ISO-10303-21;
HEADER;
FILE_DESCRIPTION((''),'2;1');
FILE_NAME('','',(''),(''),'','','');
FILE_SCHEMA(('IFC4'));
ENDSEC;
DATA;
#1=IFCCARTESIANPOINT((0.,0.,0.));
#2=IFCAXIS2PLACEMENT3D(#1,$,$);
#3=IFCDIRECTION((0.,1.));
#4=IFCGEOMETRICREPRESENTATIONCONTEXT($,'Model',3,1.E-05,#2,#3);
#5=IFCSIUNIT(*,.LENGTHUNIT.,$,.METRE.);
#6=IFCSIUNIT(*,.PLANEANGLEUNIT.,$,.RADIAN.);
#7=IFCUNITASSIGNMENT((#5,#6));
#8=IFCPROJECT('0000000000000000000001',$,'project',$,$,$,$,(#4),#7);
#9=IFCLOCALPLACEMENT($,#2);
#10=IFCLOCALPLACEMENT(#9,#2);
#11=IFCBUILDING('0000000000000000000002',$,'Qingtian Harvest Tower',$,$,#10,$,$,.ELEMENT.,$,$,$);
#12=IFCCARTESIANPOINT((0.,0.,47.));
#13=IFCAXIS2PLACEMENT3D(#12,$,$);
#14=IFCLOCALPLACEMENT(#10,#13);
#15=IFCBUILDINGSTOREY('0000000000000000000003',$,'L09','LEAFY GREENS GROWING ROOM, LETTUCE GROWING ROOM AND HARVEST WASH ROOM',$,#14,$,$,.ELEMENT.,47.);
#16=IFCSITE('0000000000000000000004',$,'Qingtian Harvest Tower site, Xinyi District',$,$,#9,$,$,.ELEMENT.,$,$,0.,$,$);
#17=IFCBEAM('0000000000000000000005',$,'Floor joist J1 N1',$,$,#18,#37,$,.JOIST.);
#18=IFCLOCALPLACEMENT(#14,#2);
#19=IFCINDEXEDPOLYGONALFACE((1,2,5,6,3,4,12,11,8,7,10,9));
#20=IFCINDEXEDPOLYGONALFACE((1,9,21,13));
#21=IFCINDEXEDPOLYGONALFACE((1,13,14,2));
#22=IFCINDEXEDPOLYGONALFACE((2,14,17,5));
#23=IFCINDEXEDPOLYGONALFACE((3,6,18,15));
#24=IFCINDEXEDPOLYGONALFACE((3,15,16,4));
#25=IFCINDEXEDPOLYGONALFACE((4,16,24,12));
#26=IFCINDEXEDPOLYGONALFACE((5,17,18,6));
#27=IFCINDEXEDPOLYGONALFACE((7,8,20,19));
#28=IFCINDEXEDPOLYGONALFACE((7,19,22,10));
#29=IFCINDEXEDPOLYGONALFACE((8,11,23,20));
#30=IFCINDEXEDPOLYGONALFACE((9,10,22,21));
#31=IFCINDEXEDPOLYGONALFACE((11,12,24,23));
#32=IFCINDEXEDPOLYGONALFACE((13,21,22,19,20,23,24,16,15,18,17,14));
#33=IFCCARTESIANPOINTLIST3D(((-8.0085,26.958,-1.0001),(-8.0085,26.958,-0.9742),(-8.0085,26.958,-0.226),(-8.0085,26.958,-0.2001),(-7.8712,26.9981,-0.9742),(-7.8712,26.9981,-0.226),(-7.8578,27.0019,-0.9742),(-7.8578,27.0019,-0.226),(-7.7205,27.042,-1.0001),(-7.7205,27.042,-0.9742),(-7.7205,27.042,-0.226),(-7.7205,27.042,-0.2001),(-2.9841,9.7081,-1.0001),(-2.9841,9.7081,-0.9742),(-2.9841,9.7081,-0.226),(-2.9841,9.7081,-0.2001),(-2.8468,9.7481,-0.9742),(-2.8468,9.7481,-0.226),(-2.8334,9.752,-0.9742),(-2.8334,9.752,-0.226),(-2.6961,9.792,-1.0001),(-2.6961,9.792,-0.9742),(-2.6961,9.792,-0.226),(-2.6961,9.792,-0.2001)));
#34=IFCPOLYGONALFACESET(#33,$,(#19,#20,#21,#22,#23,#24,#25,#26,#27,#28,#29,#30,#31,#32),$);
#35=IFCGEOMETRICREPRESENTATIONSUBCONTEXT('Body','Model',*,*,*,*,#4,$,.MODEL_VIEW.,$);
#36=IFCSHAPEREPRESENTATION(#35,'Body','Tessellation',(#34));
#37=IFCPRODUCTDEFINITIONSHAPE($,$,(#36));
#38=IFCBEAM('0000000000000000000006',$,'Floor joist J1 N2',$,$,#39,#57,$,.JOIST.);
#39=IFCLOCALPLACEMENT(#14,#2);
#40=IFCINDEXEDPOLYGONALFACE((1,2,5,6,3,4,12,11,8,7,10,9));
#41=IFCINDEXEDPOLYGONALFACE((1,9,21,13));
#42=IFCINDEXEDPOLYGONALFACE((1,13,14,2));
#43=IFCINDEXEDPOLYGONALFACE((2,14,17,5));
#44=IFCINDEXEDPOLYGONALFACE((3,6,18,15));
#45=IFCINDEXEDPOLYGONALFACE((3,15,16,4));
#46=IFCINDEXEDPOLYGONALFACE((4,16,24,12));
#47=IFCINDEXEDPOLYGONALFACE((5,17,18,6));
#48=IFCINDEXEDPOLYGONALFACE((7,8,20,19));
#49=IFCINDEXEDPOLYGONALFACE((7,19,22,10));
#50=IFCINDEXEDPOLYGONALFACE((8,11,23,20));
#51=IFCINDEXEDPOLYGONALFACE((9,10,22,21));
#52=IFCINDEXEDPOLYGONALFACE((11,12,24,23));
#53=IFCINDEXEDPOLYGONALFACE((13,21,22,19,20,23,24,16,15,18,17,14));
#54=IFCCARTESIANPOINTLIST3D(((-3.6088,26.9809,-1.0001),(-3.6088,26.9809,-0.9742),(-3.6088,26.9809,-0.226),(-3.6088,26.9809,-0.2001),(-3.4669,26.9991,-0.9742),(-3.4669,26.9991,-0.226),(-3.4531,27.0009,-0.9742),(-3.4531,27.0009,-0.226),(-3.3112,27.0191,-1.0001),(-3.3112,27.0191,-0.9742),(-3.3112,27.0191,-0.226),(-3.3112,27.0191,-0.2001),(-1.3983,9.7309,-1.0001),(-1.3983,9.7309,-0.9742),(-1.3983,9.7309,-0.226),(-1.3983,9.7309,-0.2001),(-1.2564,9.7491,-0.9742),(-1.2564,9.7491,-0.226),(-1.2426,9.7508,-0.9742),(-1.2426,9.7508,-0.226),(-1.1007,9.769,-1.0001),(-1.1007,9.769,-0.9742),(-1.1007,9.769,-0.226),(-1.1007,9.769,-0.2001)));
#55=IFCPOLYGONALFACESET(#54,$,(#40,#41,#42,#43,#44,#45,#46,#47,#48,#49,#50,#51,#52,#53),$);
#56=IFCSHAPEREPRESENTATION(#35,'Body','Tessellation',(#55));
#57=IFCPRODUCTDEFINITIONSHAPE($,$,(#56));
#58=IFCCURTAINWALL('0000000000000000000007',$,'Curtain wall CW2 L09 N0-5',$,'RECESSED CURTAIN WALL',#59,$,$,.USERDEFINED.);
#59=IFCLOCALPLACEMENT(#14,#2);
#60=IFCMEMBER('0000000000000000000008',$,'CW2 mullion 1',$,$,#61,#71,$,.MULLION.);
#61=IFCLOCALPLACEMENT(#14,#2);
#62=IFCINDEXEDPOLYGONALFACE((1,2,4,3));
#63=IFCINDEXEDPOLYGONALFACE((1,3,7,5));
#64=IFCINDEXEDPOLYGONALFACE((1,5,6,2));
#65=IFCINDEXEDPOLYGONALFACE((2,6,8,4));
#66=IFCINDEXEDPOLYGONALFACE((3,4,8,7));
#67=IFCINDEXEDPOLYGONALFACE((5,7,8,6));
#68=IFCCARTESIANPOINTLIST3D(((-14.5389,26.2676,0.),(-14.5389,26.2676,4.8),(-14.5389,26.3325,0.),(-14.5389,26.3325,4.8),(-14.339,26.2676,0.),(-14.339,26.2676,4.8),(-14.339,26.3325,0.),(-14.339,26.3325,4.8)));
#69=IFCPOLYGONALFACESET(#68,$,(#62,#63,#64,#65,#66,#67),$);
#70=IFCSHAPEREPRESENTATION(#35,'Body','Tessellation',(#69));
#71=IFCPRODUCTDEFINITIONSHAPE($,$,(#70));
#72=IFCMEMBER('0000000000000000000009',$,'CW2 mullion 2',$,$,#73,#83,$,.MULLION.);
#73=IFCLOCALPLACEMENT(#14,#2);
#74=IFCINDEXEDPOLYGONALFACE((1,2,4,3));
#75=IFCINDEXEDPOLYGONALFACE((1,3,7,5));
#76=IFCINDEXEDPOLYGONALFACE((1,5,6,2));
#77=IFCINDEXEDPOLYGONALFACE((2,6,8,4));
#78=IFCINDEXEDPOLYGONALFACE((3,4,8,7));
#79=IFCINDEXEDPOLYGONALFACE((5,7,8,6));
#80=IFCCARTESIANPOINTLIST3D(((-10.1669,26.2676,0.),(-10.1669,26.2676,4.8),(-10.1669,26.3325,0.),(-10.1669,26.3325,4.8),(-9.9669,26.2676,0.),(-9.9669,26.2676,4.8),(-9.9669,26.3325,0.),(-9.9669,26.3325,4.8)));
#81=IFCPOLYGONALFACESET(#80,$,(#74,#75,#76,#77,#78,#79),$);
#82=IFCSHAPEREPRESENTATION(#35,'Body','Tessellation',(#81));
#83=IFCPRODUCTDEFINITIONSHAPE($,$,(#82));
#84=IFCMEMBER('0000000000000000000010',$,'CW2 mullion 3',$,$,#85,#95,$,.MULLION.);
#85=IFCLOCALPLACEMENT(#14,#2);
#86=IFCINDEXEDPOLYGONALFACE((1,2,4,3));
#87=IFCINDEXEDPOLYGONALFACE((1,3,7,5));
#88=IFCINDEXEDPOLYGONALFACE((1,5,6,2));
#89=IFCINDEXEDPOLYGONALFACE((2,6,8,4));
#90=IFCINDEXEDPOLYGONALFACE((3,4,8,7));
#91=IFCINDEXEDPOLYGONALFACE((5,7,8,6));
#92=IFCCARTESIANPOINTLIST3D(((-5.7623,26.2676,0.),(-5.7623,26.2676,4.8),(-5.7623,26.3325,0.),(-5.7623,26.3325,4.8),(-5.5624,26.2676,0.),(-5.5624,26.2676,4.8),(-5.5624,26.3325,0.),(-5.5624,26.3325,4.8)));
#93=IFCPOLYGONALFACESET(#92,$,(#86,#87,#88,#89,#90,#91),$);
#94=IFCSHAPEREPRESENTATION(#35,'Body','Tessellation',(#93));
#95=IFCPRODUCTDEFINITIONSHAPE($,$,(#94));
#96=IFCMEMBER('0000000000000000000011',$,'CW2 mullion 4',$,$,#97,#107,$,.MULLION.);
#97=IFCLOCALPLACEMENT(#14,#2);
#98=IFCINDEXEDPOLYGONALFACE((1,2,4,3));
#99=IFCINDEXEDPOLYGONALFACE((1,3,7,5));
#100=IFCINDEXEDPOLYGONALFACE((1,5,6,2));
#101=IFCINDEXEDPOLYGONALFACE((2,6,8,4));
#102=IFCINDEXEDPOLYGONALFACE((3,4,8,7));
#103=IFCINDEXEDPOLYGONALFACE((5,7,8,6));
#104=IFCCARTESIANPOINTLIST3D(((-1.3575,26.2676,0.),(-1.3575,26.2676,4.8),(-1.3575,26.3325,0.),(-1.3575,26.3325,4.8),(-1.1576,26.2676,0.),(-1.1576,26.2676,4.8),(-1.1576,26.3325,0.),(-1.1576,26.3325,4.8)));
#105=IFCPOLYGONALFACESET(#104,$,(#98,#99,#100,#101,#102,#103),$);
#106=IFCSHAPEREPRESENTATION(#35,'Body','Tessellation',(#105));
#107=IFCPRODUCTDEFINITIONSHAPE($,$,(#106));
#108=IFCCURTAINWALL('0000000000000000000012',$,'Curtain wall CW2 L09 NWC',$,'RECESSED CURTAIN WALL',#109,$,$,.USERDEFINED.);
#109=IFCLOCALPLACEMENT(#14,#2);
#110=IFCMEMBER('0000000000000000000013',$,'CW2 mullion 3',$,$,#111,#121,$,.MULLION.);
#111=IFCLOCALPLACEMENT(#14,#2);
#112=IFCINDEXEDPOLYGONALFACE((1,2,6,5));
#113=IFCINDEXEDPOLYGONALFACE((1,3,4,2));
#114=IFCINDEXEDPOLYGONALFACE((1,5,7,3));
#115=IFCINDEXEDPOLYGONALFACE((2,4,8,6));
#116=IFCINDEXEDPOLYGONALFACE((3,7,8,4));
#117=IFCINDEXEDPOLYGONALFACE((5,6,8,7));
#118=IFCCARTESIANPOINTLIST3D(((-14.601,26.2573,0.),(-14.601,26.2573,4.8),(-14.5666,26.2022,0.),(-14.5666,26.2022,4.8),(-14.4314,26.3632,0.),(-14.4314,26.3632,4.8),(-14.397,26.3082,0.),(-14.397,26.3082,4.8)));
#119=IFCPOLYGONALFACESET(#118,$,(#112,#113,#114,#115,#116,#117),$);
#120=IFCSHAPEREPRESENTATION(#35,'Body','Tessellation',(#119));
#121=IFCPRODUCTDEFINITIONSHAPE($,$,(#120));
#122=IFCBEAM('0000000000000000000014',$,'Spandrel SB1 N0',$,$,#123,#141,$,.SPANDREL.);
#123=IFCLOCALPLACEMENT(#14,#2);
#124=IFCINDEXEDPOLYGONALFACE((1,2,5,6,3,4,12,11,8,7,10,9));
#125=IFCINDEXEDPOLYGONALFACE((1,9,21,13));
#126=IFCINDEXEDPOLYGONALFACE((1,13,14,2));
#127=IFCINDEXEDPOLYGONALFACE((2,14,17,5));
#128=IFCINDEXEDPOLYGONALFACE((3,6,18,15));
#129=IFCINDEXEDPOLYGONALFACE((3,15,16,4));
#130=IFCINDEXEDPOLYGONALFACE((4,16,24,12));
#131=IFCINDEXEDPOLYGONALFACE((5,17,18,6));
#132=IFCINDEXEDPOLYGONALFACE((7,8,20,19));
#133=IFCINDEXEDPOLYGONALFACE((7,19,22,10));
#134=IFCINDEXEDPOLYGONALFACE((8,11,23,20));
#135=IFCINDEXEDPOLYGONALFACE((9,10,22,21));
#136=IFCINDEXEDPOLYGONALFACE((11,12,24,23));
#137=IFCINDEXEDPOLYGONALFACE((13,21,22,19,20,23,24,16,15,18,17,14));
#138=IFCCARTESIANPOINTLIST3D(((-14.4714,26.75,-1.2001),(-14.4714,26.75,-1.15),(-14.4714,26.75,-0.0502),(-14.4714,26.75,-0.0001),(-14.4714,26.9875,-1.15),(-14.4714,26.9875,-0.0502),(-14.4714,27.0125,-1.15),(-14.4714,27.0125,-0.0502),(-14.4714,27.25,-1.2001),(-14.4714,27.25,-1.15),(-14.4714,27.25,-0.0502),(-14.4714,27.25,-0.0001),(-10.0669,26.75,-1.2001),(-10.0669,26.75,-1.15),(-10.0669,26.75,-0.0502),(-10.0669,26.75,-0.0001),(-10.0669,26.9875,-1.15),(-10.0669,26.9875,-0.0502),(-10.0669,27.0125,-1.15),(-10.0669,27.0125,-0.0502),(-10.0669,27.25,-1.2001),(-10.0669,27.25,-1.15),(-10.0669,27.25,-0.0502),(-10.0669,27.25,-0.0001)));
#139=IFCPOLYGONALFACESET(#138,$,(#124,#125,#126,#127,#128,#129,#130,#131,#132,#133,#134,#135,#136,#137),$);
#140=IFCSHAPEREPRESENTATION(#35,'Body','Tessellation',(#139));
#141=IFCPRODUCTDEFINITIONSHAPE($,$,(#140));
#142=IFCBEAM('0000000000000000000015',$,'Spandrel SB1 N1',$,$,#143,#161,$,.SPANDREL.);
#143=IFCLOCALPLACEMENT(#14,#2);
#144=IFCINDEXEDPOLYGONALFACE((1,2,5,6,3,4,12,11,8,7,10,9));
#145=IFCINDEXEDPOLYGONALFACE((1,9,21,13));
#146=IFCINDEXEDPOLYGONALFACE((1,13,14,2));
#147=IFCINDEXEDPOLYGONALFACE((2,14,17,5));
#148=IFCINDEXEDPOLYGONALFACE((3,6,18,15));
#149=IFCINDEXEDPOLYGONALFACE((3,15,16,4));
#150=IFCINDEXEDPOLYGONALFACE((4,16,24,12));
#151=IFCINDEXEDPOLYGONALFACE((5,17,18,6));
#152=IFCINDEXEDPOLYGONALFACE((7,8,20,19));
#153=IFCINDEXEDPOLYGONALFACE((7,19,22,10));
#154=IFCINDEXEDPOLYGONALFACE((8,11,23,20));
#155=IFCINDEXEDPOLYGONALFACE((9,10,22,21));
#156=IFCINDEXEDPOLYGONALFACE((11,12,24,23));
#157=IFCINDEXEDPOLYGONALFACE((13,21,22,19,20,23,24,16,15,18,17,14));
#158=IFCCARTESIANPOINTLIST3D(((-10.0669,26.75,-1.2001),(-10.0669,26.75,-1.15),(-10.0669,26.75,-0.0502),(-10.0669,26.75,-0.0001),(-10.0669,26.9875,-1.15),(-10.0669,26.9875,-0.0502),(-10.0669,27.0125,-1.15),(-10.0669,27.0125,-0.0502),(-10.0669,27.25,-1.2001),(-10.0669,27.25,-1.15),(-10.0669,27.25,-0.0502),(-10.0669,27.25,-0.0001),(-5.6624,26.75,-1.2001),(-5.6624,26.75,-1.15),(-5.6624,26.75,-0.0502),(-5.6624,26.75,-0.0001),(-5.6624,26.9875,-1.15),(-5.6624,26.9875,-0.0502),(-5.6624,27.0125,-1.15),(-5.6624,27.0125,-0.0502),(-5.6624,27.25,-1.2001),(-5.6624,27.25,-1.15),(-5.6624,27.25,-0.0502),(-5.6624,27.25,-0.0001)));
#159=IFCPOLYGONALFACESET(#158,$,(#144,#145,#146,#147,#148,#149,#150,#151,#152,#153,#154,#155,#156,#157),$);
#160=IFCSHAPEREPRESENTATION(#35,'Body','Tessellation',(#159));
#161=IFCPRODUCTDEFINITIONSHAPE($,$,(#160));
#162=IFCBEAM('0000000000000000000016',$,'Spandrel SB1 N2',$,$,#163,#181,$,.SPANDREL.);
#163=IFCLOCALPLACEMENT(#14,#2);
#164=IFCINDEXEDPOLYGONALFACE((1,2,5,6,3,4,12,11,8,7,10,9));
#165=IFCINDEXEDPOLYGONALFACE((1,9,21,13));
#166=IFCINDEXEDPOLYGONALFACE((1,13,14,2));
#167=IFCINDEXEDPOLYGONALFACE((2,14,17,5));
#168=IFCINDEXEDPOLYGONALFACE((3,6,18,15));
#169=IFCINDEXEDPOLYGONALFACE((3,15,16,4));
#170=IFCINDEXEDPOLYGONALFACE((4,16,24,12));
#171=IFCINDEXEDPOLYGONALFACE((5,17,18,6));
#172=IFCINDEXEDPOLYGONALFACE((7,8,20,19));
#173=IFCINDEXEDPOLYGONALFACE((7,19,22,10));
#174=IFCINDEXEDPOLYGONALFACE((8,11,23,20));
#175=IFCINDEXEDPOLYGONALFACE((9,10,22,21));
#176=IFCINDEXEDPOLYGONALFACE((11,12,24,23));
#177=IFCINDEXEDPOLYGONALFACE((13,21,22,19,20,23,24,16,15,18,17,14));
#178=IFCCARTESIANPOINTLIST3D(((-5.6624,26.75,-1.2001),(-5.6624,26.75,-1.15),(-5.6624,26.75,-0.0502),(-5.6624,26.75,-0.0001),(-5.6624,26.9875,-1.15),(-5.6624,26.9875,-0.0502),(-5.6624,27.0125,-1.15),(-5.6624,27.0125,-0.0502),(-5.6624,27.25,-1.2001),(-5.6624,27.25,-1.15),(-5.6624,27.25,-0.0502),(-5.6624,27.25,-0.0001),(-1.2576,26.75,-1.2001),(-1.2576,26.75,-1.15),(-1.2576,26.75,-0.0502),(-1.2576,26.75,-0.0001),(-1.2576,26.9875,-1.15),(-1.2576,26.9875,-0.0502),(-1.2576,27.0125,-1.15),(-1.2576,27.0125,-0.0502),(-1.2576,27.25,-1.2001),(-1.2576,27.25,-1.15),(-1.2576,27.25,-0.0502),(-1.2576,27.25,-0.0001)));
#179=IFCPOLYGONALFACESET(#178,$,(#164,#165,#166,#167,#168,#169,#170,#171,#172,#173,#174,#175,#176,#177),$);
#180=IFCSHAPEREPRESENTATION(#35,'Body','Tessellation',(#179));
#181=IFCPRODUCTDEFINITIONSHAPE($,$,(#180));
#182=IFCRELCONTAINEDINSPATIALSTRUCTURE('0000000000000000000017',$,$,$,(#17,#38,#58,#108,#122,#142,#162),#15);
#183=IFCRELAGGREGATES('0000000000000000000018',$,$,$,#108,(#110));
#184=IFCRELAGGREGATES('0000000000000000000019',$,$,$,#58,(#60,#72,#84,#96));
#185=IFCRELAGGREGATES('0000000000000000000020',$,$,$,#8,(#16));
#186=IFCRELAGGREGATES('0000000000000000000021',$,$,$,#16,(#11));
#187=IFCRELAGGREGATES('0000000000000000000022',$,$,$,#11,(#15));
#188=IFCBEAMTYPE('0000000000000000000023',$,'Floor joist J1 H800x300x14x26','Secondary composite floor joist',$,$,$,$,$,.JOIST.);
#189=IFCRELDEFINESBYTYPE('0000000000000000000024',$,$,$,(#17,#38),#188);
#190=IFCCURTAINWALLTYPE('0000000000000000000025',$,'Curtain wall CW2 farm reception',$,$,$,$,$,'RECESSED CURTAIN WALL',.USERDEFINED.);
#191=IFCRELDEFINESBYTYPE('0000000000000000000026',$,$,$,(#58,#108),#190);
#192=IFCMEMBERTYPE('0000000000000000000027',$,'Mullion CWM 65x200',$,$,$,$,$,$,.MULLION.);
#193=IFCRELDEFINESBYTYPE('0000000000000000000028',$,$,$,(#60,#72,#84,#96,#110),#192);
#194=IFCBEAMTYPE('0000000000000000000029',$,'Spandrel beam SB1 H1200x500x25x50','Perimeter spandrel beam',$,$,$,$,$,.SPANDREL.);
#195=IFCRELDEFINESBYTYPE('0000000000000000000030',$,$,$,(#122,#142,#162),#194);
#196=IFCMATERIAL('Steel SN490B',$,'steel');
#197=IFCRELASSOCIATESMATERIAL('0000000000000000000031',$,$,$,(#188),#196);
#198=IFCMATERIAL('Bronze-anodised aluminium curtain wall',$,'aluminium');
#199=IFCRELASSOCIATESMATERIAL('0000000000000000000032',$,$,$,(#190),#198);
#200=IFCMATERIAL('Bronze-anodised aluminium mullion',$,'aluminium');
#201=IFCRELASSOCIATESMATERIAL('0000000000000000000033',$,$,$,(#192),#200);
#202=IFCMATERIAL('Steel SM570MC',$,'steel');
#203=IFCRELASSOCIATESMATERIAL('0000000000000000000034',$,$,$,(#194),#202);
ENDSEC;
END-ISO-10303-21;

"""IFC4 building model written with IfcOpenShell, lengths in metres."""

from ifc_helpers import new_model, si_unit, direction, frame, origin, origin_2d, place, context, subcontext, project, spatial, rectangle, i_section, extrude, material, material_profile, profile_set, type_object, element, aggregate, save


model = new_model("IFC4")

# Units and contexts
model_context = context("Model", 3, precision=1e-05, world=origin(), true_north=direction((0.0, 1.0)))
body_context = subcontext(model_context, "Body", "Model", "MODEL_VIEW")
ifc_project = project(units=[si_unit("LENGTHUNIT", "METRE"), si_unit("PLANEANGLEUNIT", "RADIAN")], contexts=[model_context])

# Site, building, storey
site_placement = place(None, origin())
site = spatial("IfcSite", under=ifc_project, at=site_placement, Name="Qingtian Harvest Tower site, Xinyi District", CompositionType="ELEMENT", RefElevation=0.0)
building_placement = place(site_placement, origin())
building = spatial("IfcBuilding", under=site, at=building_placement, Name="Qingtian Harvest Tower", CompositionType="ELEMENT")
storey_placement = place(building_placement, frame((0.0, 0.0, 47.0)))
storey = spatial("IfcBuildingStorey", under=building, at=storey_placement, Name="L09", Description="LEAFY GREENS GROWING ROOM, LETTUCE GROWING ROOM AND HARVEST WASH ROOM", CompositionType="ELEMENT", Elevation=47.0)

# Beams
ifc_material_1 = material(Name="Steel SN490B", Category="steel")
ifc_material_profile_1 = material_profile(ifc_material_1, i_section(OverallWidth=0.3, OverallDepth=0.8, WebThickness=0.0139, FlangeThickness=0.0259, at=origin_2d()), Name="H800x300x14x26")
ifc_profile_set_1 = profile_set([ifc_material_profile_1], Name="Steel SN490B")
beam_type_1 = type_object("IfcBeamType", Name="Floor joist J1 H800x300x14x26", Description="Secondary composite floor joist", PredefinedType="JOIST", material=ifc_profile_set_1)
beam_1_placement = place(storey_placement, frame((-7.8645, 27.0, -0.6001), z_axis=(0.279649, -0.960102, 0.0), x_axis=(0.960102, 0.279649, 0.0)))
element("IfcBeam", 1, at=beam_1_placement, inside=storey, type_object=beam_type_1, Name="Floor joist J1 N1", PredefinedType="JOIST", context=body_context, shape_type="SweptSolid", body=[
    extrude(i_section(OverallWidth=0.3, OverallDepth=0.8, WebThickness=0.0139, FlangeThickness=0.0259, at=origin_2d()), origin(), (0.0, 0.0, 1.0), 17.9668),
])
beam_2_placement = place(storey_placement, frame((-3.46, 27.0, -0.6001), z_axis=(0.127103, -0.99189, 0.0), x_axis=(0.99189, 0.127103, 0.0)))
element("IfcBeam", 2, at=beam_2_placement, inside=storey, type_object=beam_type_1, Name="Floor joist J1 N2", PredefinedType="JOIST", context=body_context, shape_type="SweptSolid", body=[
    extrude(i_section(OverallWidth=0.3, OverallDepth=0.8, WebThickness=0.0139, FlangeThickness=0.0259, at=origin_2d()), origin(), (0.0, 0.0, 1.0), 17.3911),
])

# Curtain wall, members
ifc_material_2 = material(Name="Bronze-anodised aluminium curtain wall", Category="aluminium")
curtain_wall_type = type_object("IfcCurtainWallType", Name="Curtain wall CW2 farm reception", ElementType="RECESSED CURTAIN WALL", PredefinedType="USERDEFINED", material=ifc_material_2)
curtain_wall_1_placement = place(storey_placement, origin())
curtain_wall_1 = element("IfcCurtainWall", 3, at=curtain_wall_1_placement, inside=storey, type_object=curtain_wall_type, Name="Curtain wall CW2 L09 N0-5", ObjectType="RECESSED CURTAIN WALL", PredefinedType="USERDEFINED")
ifc_material_3 = material(Name="Bronze-anodised aluminium mullion", Category="aluminium")
ifc_material_profile_2 = material_profile(ifc_material_3, rectangle(XDim=0.0649, YDim=0.2, at=origin_2d()), Name="AL 65x200")
ifc_profile_set_2 = profile_set([ifc_material_profile_2], Name="Bronze-anodised aluminium mullion")
member_type_1 = type_object("IfcMemberType", Name="Mullion CWM 65x200", PredefinedType="MULLION", material=ifc_profile_set_2)
member_1_placement = place(storey_placement, frame((-14.439, 26.3, 0.0), z_axis=(0.0, 0.0, 1.0), x_axis=(0.0, 1.0, 0.0)))
member_1 = element("IfcMember", 4, at=member_1_placement, type_object=member_type_1, Name="CW2 mullion 1", PredefinedType="MULLION", context=body_context, shape_type="SweptSolid", body=[
    extrude(rectangle(XDim=0.0649, YDim=0.2, at=origin_2d()), origin(), (0.0, 0.0, 1.0), 4.8),
])
member_2_placement = place(storey_placement, frame((-10.0669, 26.3, 0.0), z_axis=(0.0, 0.0, 1.0), x_axis=(0.0, 1.0, 0.0)))
member_2 = element("IfcMember", 5, at=member_2_placement, type_object=member_type_1, Name="CW2 mullion 2", PredefinedType="MULLION", context=body_context, shape_type="SweptSolid", body=[
    extrude(rectangle(XDim=0.0649, YDim=0.2, at=origin_2d()), origin(), (0.0, 0.0, 1.0), 4.8),
])
member_3_placement = place(storey_placement, frame((-5.6624, 26.3, 0.0), z_axis=(0.0, 0.0, 1.0), x_axis=(0.0, 1.0, 0.0)))
member_3 = element("IfcMember", 6, at=member_3_placement, type_object=member_type_1, Name="CW2 mullion 3", PredefinedType="MULLION", context=body_context, shape_type="SweptSolid", body=[
    extrude(rectangle(XDim=0.0649, YDim=0.2, at=origin_2d()), origin(), (0.0, 0.0, 1.0), 4.8),
])
member_4_placement = place(storey_placement, frame((-1.2576, 26.3, 0.0), z_axis=(0.0, 0.0, 1.0), x_axis=(0.0, 1.0, 0.0)))
member_4 = element("IfcMember", 7, at=member_4_placement, type_object=member_type_1, Name="CW2 mullion 4", PredefinedType="MULLION", context=body_context, shape_type="SweptSolid", body=[
    extrude(rectangle(XDim=0.0649, YDim=0.2, at=origin_2d()), origin(), (0.0, 0.0, 1.0), 4.8),
])

# Curtain wall, member
curtain_wall_2_placement = place(storey_placement, origin())
curtain_wall_2 = element("IfcCurtainWall", 8, at=curtain_wall_2_placement, inside=storey, type_object=curtain_wall_type, Name="Curtain wall CW2 L09 NWC", ObjectType="RECESSED CURTAIN WALL", PredefinedType="USERDEFINED")
member_5_placement = place(storey_placement, frame((-14.499, 26.2827, 0.0), z_axis=(0.0, 0.0, 1.0), x_axis=(-0.529919, 0.848048, 0.0)))
member_5 = element("IfcMember", 9, at=member_5_placement, type_object=member_type_1, Name="CW2 mullion 3", PredefinedType="MULLION", context=body_context, shape_type="SweptSolid", body=[
    extrude(rectangle(XDim=0.0649, YDim=0.2, at=origin_2d()), origin(), (0.0, 0.0, 1.0), 4.8),
])
aggregate(curtain_wall_2, [member_5])

# Beams
ifc_material_4 = material(Name="Steel SM570MC", Category="steel")
ifc_material_profile_3 = material_profile(ifc_material_4, i_section(OverallWidth=0.5, OverallDepth=1.2, WebThickness=0.0249, FlangeThickness=0.05, at=origin_2d()), Name="H1200x500x25x50")
ifc_profile_set_3 = profile_set([ifc_material_profile_3], Name="Steel SM570MC")
beam_type_2 = type_object("IfcBeamType", Name="Spandrel beam SB1 H1200x500x25x50", Description="Perimeter spandrel beam", PredefinedType="SPANDREL", material=ifc_profile_set_3)
for number, where, z_axis, x_axis, name in (
    (10, (-14.4714, 27.0, -0.6001), (1.0, 0.0, 0.0), (0.0, 1.0, 0.0), "Spandrel SB1 N0"),
    (11, (-10.0669, 27.0, -0.6001), (1.0, 0.0, 0.0), (0.0, 1.0, 0.0), "Spandrel SB1 N1"),
):
    element("IfcBeam", number, at=place(storey_placement, frame(where, z_axis=z_axis, x_axis=x_axis)), inside=storey, type_object=beam_type_2, Name=name, PredefinedType="SPANDREL", context=body_context, shape_type="SweptSolid", body=[
        extrude(i_section(OverallWidth=0.5, OverallDepth=1.2, WebThickness=0.0249, FlangeThickness=0.05, at=origin_2d()), origin(), (0.0, 0.0, 1.0), 4.4045),
    ])
beam_3_placement = place(storey_placement, frame((-5.6624, 27.0, -0.6001), z_axis=(1.0, 0.0, 0.0), x_axis=(0.0, 1.0, 0.0)))
element("IfcBeam", 12, at=beam_3_placement, inside=storey, type_object=beam_type_2, Name="Spandrel SB1 N2", PredefinedType="SPANDREL", context=body_context, shape_type="SweptSolid", body=[
    extrude(i_section(OverallWidth=0.5, OverallDepth=1.2, WebThickness=0.0249, FlangeThickness=0.05, at=origin_2d()), origin(), (0.0, 0.0, 1.0), 4.4048),
])

aggregate(curtain_wall_1, [member_1, member_2, member_3, member_4])

save(model, "model.ifc")
